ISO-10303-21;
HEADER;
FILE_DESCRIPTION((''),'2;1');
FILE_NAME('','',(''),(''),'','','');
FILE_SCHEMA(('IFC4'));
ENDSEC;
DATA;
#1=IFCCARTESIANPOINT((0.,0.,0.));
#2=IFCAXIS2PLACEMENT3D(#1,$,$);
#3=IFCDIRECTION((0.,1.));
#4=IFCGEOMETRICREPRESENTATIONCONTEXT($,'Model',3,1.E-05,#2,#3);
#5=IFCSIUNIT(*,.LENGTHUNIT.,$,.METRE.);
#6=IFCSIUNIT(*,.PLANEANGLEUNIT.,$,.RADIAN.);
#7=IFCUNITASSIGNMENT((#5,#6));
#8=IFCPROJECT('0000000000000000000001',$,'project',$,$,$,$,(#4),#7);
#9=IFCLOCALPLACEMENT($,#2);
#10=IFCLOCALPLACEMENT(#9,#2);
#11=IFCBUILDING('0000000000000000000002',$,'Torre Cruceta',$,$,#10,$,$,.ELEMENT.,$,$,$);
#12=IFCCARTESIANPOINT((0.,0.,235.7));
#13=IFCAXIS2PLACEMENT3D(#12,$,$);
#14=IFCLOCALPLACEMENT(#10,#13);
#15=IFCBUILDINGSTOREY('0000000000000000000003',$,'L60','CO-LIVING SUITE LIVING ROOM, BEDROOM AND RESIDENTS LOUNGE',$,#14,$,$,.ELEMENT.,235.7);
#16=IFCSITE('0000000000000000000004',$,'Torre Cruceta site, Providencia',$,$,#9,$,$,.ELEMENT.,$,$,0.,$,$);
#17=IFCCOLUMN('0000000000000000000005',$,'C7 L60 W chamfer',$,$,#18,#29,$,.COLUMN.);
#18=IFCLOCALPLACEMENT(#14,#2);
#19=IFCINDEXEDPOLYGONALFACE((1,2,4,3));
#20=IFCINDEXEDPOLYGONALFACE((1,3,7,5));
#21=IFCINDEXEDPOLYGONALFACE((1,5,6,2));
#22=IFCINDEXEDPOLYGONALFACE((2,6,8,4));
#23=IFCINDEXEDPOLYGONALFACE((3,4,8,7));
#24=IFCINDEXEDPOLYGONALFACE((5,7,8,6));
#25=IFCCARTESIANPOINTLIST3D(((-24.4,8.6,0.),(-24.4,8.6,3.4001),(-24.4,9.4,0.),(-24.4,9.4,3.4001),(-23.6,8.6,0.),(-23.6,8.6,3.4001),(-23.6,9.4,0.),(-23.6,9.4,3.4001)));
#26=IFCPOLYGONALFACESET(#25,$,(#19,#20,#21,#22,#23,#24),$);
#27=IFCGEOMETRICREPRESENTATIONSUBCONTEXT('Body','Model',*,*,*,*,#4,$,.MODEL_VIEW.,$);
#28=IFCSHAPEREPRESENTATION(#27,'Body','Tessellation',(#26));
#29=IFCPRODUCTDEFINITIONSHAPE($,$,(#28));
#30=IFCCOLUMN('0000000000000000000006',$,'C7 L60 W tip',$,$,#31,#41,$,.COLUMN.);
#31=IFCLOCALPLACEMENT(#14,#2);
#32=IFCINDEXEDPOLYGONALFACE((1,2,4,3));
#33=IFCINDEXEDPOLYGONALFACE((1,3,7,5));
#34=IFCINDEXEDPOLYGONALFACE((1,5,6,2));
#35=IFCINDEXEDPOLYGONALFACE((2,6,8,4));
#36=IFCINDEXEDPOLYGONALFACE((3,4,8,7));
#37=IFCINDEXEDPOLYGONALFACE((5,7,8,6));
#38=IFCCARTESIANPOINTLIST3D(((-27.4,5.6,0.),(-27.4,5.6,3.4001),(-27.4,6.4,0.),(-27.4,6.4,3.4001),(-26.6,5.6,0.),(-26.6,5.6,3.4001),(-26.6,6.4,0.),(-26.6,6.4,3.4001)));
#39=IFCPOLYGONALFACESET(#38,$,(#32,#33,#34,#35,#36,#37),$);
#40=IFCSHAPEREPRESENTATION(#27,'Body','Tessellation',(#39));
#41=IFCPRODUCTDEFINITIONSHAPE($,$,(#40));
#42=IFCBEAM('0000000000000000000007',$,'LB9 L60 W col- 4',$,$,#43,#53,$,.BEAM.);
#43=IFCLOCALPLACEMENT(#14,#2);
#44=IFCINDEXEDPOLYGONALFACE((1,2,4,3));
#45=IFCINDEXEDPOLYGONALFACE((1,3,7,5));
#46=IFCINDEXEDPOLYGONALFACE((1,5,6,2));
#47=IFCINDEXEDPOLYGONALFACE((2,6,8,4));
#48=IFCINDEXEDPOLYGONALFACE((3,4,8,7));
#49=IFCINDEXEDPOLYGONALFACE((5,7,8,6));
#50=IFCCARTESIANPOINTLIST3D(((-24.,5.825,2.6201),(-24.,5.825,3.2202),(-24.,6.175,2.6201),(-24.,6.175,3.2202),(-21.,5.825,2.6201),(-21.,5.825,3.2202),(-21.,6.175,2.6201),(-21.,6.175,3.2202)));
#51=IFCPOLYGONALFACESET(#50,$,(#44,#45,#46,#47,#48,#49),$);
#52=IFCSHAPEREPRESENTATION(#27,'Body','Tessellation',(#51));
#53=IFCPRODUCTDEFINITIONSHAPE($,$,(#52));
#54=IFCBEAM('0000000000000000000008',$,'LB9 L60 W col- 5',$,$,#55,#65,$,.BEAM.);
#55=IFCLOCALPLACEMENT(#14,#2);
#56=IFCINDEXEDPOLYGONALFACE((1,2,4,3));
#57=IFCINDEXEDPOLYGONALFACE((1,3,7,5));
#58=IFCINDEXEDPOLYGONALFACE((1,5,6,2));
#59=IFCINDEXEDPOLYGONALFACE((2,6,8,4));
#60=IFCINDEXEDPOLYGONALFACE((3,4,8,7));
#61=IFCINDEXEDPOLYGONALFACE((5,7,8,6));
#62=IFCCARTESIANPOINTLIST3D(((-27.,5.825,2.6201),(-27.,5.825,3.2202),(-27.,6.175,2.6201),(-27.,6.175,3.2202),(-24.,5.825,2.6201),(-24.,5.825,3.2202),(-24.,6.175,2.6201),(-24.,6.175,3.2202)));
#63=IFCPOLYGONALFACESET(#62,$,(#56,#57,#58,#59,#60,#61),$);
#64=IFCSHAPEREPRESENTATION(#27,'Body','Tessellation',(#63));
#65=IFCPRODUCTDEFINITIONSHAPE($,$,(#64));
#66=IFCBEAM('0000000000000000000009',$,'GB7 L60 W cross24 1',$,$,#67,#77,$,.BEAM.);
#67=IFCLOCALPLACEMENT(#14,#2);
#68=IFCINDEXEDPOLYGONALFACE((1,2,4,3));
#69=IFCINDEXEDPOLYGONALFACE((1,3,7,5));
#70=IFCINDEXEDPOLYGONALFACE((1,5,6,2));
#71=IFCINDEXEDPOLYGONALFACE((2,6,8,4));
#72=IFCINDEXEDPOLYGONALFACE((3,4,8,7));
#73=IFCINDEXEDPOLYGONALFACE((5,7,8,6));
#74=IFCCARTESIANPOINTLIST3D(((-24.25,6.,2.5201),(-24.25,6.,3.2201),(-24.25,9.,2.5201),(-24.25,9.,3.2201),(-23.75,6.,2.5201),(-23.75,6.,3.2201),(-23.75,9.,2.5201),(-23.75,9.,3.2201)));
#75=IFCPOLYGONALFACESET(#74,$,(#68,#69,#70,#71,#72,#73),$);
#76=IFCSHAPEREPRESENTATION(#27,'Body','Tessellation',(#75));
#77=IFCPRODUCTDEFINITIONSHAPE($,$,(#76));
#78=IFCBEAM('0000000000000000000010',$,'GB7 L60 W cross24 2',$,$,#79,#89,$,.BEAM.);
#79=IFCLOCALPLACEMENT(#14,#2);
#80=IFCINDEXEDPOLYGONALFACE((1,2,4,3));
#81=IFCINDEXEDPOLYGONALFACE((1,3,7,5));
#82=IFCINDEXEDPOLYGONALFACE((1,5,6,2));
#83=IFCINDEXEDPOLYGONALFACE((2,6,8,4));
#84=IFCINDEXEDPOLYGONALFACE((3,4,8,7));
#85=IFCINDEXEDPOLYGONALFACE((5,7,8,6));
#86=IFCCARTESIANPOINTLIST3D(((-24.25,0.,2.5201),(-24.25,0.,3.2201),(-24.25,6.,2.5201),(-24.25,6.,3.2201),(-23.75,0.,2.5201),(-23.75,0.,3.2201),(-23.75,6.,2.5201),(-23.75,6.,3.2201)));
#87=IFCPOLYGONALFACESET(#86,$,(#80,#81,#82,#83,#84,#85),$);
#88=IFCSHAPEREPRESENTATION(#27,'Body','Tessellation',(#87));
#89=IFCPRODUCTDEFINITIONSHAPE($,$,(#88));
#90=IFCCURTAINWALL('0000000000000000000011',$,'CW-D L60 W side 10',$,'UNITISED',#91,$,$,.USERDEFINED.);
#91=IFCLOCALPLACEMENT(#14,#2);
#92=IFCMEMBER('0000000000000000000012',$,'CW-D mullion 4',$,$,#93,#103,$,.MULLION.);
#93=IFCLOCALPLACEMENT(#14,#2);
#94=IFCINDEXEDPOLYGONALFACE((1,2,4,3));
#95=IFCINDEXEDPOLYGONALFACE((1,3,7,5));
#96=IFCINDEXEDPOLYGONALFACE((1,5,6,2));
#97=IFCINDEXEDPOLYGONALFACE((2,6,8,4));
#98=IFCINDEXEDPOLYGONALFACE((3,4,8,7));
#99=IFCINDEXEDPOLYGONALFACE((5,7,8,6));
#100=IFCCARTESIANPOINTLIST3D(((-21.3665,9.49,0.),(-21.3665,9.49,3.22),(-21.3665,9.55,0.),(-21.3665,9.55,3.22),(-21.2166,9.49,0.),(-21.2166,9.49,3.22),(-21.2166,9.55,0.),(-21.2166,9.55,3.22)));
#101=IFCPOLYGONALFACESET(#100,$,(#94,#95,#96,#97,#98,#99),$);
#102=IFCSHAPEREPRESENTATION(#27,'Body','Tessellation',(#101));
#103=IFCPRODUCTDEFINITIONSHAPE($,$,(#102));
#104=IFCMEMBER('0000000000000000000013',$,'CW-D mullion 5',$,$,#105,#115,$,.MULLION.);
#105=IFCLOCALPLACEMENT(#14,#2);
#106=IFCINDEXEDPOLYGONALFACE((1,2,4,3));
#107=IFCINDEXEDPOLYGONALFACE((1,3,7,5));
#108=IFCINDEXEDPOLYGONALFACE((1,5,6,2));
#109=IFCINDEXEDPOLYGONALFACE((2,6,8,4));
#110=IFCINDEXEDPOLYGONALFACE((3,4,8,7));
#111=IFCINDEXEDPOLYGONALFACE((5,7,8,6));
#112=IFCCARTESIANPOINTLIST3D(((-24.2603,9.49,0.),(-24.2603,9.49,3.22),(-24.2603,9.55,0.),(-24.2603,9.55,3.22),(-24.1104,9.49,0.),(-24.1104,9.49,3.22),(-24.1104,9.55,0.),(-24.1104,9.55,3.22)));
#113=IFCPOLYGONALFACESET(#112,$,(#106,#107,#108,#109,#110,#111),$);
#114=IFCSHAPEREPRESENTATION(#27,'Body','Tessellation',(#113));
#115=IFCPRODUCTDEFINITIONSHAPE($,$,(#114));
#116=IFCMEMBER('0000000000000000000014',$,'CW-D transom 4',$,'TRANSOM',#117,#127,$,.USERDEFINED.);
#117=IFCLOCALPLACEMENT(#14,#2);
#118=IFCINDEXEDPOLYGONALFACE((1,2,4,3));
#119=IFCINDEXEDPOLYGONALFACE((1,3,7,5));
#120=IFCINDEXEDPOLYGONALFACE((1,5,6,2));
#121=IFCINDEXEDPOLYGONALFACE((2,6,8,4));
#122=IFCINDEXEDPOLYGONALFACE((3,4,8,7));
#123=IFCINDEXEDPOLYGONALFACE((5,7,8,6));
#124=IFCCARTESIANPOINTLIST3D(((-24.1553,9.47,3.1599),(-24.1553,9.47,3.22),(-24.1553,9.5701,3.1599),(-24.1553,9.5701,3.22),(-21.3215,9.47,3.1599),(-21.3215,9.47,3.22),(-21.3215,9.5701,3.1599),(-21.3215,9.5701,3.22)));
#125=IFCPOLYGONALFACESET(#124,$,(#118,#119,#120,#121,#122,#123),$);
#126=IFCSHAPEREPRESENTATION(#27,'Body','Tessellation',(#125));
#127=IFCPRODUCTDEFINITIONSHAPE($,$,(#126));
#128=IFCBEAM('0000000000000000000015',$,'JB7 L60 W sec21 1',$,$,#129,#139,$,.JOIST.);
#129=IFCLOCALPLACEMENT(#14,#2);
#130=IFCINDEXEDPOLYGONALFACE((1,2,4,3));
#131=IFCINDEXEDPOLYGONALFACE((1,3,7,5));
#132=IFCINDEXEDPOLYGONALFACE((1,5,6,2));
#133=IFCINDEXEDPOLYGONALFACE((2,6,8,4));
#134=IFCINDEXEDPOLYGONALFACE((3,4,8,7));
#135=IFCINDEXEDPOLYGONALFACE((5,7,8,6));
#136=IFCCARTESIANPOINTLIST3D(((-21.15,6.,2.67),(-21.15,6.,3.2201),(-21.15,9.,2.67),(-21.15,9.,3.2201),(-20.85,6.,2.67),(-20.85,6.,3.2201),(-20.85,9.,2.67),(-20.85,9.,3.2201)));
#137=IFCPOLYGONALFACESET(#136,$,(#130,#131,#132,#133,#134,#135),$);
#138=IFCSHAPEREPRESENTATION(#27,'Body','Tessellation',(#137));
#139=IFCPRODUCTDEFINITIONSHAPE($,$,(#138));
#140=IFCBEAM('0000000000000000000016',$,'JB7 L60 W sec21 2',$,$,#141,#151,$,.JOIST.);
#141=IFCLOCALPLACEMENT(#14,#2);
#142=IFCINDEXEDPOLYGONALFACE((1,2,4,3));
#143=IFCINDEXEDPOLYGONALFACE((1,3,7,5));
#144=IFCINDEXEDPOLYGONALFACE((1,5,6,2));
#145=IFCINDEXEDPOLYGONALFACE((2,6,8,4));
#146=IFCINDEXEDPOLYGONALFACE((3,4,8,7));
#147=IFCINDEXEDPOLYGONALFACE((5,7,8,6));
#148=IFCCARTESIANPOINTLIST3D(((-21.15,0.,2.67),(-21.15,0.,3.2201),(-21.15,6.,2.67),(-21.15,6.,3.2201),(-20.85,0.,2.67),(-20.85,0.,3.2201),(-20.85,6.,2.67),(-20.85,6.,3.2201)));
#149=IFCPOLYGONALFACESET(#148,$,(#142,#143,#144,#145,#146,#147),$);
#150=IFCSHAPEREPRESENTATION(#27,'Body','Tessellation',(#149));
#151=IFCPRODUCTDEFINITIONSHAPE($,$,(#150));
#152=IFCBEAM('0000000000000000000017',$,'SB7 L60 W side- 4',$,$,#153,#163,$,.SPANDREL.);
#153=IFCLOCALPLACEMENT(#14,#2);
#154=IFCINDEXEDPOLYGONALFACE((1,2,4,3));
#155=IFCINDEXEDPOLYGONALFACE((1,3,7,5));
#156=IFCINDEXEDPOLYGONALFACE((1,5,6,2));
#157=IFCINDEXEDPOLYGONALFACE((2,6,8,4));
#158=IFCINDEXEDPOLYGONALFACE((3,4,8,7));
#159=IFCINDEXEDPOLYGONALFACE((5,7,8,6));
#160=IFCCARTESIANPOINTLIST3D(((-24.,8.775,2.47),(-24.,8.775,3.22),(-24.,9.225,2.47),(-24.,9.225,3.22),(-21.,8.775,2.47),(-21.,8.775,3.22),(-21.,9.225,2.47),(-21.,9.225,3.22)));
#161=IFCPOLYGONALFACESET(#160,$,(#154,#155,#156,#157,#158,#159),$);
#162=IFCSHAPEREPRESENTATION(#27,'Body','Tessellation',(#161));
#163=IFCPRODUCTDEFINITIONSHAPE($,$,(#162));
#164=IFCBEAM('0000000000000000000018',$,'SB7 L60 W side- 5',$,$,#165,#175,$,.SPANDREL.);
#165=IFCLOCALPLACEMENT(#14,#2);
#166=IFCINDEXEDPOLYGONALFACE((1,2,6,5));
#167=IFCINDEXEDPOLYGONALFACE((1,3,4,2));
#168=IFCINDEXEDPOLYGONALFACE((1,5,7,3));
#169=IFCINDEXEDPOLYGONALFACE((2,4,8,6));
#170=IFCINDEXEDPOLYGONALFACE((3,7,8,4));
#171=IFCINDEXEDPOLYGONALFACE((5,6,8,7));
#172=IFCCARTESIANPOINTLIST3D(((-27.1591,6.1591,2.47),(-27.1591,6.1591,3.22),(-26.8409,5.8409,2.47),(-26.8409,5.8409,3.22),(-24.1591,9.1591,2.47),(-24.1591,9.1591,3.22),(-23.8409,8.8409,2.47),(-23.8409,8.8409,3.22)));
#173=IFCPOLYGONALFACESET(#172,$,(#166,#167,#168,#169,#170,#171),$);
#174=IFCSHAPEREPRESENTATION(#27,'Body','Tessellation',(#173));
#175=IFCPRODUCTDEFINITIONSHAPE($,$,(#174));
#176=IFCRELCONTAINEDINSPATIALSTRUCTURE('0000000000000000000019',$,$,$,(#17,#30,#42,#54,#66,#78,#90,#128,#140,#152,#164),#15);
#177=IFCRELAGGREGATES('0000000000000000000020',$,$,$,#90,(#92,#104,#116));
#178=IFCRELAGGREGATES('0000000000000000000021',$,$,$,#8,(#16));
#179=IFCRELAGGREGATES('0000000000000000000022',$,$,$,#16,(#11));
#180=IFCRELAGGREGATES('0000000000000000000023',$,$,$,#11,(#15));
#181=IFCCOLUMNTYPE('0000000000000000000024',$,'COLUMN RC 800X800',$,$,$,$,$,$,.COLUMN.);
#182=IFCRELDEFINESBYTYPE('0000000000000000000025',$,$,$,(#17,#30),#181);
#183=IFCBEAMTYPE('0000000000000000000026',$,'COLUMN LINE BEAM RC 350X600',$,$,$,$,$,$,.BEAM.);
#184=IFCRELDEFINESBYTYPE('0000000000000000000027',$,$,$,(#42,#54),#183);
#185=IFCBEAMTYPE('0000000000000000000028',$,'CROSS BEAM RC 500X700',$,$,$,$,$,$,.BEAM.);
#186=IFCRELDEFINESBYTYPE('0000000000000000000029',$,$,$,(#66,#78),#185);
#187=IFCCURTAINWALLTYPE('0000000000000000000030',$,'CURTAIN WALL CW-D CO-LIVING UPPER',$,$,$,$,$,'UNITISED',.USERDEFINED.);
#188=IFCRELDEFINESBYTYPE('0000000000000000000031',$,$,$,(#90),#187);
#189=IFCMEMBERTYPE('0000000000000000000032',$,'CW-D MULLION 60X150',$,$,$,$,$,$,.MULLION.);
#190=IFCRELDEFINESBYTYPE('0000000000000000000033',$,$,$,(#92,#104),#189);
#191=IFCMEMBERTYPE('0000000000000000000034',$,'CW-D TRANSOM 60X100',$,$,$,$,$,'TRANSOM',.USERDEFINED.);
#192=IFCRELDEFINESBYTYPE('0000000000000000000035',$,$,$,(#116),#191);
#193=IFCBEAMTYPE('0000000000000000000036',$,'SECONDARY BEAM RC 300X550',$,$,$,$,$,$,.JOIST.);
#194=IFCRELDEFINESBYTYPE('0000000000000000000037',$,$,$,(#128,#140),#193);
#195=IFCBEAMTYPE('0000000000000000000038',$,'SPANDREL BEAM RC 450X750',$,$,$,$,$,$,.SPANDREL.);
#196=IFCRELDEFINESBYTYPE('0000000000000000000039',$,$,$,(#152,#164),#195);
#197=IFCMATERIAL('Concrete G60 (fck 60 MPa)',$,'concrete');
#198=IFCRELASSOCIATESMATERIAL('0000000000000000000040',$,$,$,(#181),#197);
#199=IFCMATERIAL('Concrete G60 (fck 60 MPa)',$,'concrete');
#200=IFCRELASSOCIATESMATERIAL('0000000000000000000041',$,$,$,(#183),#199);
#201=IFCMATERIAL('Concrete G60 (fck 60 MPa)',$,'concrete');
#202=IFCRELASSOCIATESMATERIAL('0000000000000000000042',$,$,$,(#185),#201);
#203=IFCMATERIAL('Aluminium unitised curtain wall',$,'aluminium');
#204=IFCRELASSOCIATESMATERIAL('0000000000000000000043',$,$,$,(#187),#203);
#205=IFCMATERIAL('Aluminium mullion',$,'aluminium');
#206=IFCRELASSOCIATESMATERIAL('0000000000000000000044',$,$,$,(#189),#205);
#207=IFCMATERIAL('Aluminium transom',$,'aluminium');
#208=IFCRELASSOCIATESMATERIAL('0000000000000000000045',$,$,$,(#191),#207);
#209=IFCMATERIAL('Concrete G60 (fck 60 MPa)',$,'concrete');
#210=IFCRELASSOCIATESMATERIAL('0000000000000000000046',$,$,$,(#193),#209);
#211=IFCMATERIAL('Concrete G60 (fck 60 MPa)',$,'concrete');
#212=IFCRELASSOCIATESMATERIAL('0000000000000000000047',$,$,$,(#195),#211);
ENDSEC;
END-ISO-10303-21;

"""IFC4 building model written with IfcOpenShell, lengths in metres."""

from ifc_helpers import new_model, si_unit, direction, frame, origin, origin_2d, place, context, subcontext, project, spatial, rectangle, extrude, material, material_profile, profile_set, type_object, element, aggregate, save


model = new_model("IFC4")

# Units and contexts
model_context = context("Model", 3, precision=1e-05, world=origin(), true_north=direction((0.0, 1.0)))
body_context = subcontext(model_context, "Body", "Model", "MODEL_VIEW")
ifc_project = project(units=[si_unit("LENGTHUNIT", "METRE"), si_unit("PLANEANGLEUNIT", "RADIAN")], contexts=[model_context])

# Site, building, storey
site_placement = place(None, origin())
site = spatial("IfcSite", under=ifc_project, at=site_placement, Name="Torre Cruceta site, Providencia", CompositionType="ELEMENT", RefElevation=0.0)
building_placement = place(site_placement, origin())
building = spatial("IfcBuilding", under=site, at=building_placement, Name="Torre Cruceta", CompositionType="ELEMENT")
storey_placement = place(building_placement, frame((0.0, 0.0, 235.7)))
storey = spatial("IfcBuildingStorey", under=building, at=storey_placement, Name="L60", Description="CO-LIVING SUITE LIVING ROOM, BEDROOM AND RESIDENTS LOUNGE", CompositionType="ELEMENT", Elevation=235.7)

# Columns
ifc_material_1 = material(Name="Concrete G60 (fck 60 MPa)", Category="concrete")
ifc_material_profile_1 = material_profile(ifc_material_1, rectangle(XDim=0.8, YDim=0.8, at=origin_2d()), Name="RC 800X800")
ifc_profile_set_1 = profile_set([ifc_material_profile_1], Name="Concrete G60 (fck 60 MPa)")
column_type = type_object("IfcColumnType", Name="COLUMN RC 800X800", PredefinedType="COLUMN", material=ifc_profile_set_1)
for number, where, z_axis, x_axis, name in (
    (1, (-24.0, 9.0, 0.0), (0.0, 0.0, 1.0), (1.0, 0.0, 0.0), "C7 L60 W chamfer"),
    (2, (-27.0, 6.0, 0.0), (0.0, 0.0, 1.0), (1.0, 0.0, 0.0), "C7 L60 W tip"),
):
    element("IfcColumn", number, at=place(storey_placement, frame(where, z_axis=z_axis, x_axis=x_axis)), inside=storey, type_object=column_type, Name=name, PredefinedType="COLUMN", context=body_context, shape_type="SweptSolid", body=[
        extrude(rectangle(XDim=0.8, YDim=0.8, at=origin_2d()), origin(), (0.0, 0.0, 1.0), 3.4001),
    ])

# Beams
ifc_material_2 = material(Name="Concrete G60 (fck 60 MPa)", Category="concrete")
ifc_material_profile_2 = material_profile(ifc_material_2, rectangle(XDim=0.3501, YDim=0.6001, at=origin_2d()), Name="RC 350X600")
ifc_profile_set_2 = profile_set([ifc_material_profile_2], Name="Concrete G60 (fck 60 MPa)")
beam_type_1 = type_object("IfcBeamType", Name="COLUMN LINE BEAM RC 350X600", PredefinedType="BEAM", material=ifc_profile_set_2)
for number, where, z_axis, x_axis, name in (
    (3, (-21.0, 6.0, 2.9202), (-1.0, 0.0, 0.0), (0.0, -1.0, 0.0), "LB9 L60 W col- 4"),
    (4, (-24.0, 6.0, 2.9202), (-1.0, 0.0, 0.0), (0.0, -1.0, 0.0), "LB9 L60 W col- 5"),
):
    element("IfcBeam", number, at=place(storey_placement, frame(where, z_axis=z_axis, x_axis=x_axis)), inside=storey, type_object=beam_type_1, Name=name, PredefinedType="BEAM", context=body_context, shape_type="SweptSolid", body=[
        extrude(rectangle(XDim=0.3501, YDim=0.6001, at=origin_2d()), origin(), (0.0, 0.0, 1.0), 3.0),
    ])
ifc_material_3 = material(Name="Concrete G60 (fck 60 MPa)", Category="concrete")
ifc_material_profile_3 = material_profile(ifc_material_3, rectangle(XDim=0.5, YDim=0.7, at=origin_2d()), Name="RC 500X700")
ifc_profile_set_3 = profile_set([ifc_material_profile_3], Name="Concrete G60 (fck 60 MPa)")
beam_type_2 = type_object("IfcBeamType", Name="CROSS BEAM RC 500X700", PredefinedType="BEAM", material=ifc_profile_set_3)
beam_1_placement = place(storey_placement, frame((-24.0, 9.0, 2.8701), z_axis=(0.0, -1.0, 0.0), x_axis=(1.0, 0.0, 0.0)))
element("IfcBeam", 5, at=beam_1_placement, inside=storey, type_object=beam_type_2, Name="GB7 L60 W cross24 1", PredefinedType="BEAM", context=body_context, shape_type="SweptSolid", body=[
    extrude(rectangle(XDim=0.5, YDim=0.7, at=origin_2d()), origin(), (0.0, 0.0, 1.0), 3.0),
])
beam_2_placement = place(storey_placement, frame((-24.0, 6.0, 2.8701), z_axis=(0.0, -1.0, 0.0), x_axis=(1.0, 0.0, 0.0)))
element("IfcBeam", 6, at=beam_2_placement, inside=storey, type_object=beam_type_2, Name="GB7 L60 W cross24 2", PredefinedType="BEAM", context=body_context, shape_type="SweptSolid", body=[
    extrude(rectangle(XDim=0.5, YDim=0.7, at=origin_2d()), origin(), (0.0, 0.0, 1.0), 6.0),
])

# Curtain wall, members
ifc_material_4 = material(Name="Aluminium unitised curtain wall", Category="aluminium")
curtain_wall_type = type_object("IfcCurtainWallType", Name="CURTAIN WALL CW-D CO-LIVING UPPER", ElementType="UNITISED", PredefinedType="USERDEFINED", material=ifc_material_4)
curtain_wall_placement = place(storey_placement, origin())
curtain_wall = element("IfcCurtainWall", 7, at=curtain_wall_placement, inside=storey, type_object=curtain_wall_type, Name="CW-D L60 W side 10", ObjectType="UNITISED", PredefinedType="USERDEFINED")
ifc_material_5 = material(Name="Aluminium mullion", Category="aluminium")
ifc_material_profile_4 = material_profile(ifc_material_5, rectangle(XDim=0.0601, YDim=0.1499, at=origin_2d()), Name="AL 60X150")
ifc_profile_set_4 = profile_set([ifc_material_profile_4], Name="Aluminium mullion")
member_type_1 = type_object("IfcMemberType", Name="CW-D MULLION 60X150", PredefinedType="MULLION", material=ifc_profile_set_4)
member_1_placement = place(storey_placement, frame((-21.2915, 9.52, 0.0), z_axis=(0.0, 0.0, 1.0), x_axis=(0.0, -1.0, 0.0)))
member_1 = element("IfcMember", 8, at=member_1_placement, type_object=member_type_1, Name="CW-D mullion 4", PredefinedType="MULLION", context=body_context, shape_type="SweptSolid", body=[
    extrude(rectangle(XDim=0.0601, YDim=0.1499, at=origin_2d()), origin(), (0.0, 0.0, 1.0), 3.22),
])
member_2_placement = place(storey_placement, frame((-24.1853, 9.52, 0.0), z_axis=(0.0, 0.0, 1.0), x_axis=(0.0, -1.0, 0.0)))
member_2 = element("IfcMember", 9, at=member_2_placement, type_object=member_type_1, Name="CW-D mullion 5", PredefinedType="MULLION", context=body_context, shape_type="SweptSolid", body=[
    extrude(rectangle(XDim=0.0601, YDim=0.1499, at=origin_2d()), origin(), (0.0, 0.0, 1.0), 3.22),
])
ifc_material_6 = material(Name="Aluminium transom", Category="aluminium")
ifc_material_profile_5 = material_profile(ifc_material_6, rectangle(XDim=0.1001, YDim=0.0601, at=origin_2d()), Name="AL 100X60")
ifc_profile_set_5 = profile_set([ifc_material_profile_5], Name="Aluminium transom")
member_type_2 = type_object("IfcMemberType", Name="CW-D TRANSOM 60X100", ElementType="TRANSOM", PredefinedType="USERDEFINED", material=ifc_profile_set_5)
member_3_placement = place(storey_placement, frame((-21.3215, 9.52, 3.1899), z_axis=(-1.0, 0.0, 0.0), x_axis=(0.0, -1.0, 0.0)))
member_3 = element("IfcMember", 10, at=member_3_placement, type_object=member_type_2, Name="CW-D transom 4", ObjectType="TRANSOM", PredefinedType="USERDEFINED", context=body_context, shape_type="SweptSolid", body=[
    extrude(rectangle(XDim=0.1001, YDim=0.0601, at=origin_2d()), origin(), (0.0, 0.0, 1.0), 2.8337),
])

# Beams
ifc_material_7 = material(Name="Concrete G60 (fck 60 MPa)", Category="concrete")
ifc_material_profile_6 = material_profile(ifc_material_7, rectangle(XDim=0.3, YDim=0.55, at=origin_2d()), Name="RC 300X550")
ifc_profile_set_6 = profile_set([ifc_material_profile_6], Name="Concrete G60 (fck 60 MPa)")
beam_type_3 = type_object("IfcBeamType", Name="SECONDARY BEAM RC 300X550", PredefinedType="JOIST", material=ifc_profile_set_6)
beam_3_placement = place(storey_placement, frame((-21.0, 9.0, 2.9451), z_axis=(0.0, -1.0, 0.0), x_axis=(1.0, 0.0, 0.0)))
element("IfcBeam", 11, at=beam_3_placement, inside=storey, type_object=beam_type_3, Name="JB7 L60 W sec21 1", PredefinedType="JOIST", context=body_context, shape_type="SweptSolid", body=[
    extrude(rectangle(XDim=0.3, YDim=0.55, at=origin_2d()), origin(), (0.0, 0.0, 1.0), 3.0),
])
beam_4_placement = place(storey_placement, frame((-21.0, 6.0, 2.9451), z_axis=(0.0, -1.0, 0.0), x_axis=(1.0, 0.0, 0.0)))
element("IfcBeam", 12, at=beam_4_placement, inside=storey, type_object=beam_type_3, Name="JB7 L60 W sec21 2", PredefinedType="JOIST", context=body_context, shape_type="SweptSolid", body=[
    extrude(rectangle(XDim=0.3, YDim=0.55, at=origin_2d()), origin(), (0.0, 0.0, 1.0), 6.0),
])
ifc_material_8 = material(Name="Concrete G60 (fck 60 MPa)", Category="concrete")
ifc_material_profile_7 = material_profile(ifc_material_8, rectangle(XDim=0.45, YDim=0.75, at=origin_2d()), Name="RC 450X750")
ifc_profile_set_7 = profile_set([ifc_material_profile_7], Name="Concrete G60 (fck 60 MPa)")
beam_type_4 = type_object("IfcBeamType", Name="SPANDREL BEAM RC 450X750", PredefinedType="SPANDREL", material=ifc_profile_set_7)
beam_5_placement = place(storey_placement, frame((-21.0, 9.0, 2.845), z_axis=(-1.0, 0.0, 0.0), x_axis=(0.0, -1.0, 0.0)))
element("IfcBeam", 13, at=beam_5_placement, inside=storey, type_object=beam_type_4, Name="SB7 L60 W side- 4", PredefinedType="SPANDREL", context=body_context, shape_type="SweptSolid", body=[
    extrude(rectangle(XDim=0.45, YDim=0.75, at=origin_2d()), origin(), (0.0, 0.0, 1.0), 3.0),
])
beam_6_placement = place(storey_placement, frame((-24.0, 9.0, 2.845), z_axis=(-0.707107, -0.707107, 0.0), x_axis=(0.707107, -0.707107, 0.0)))
element("IfcBeam", 14, at=beam_6_placement, inside=storey, type_object=beam_type_4, Name="SB7 L60 W side- 5", PredefinedType="SPANDREL", context=body_context, shape_type="SweptSolid", body=[
    extrude(rectangle(XDim=0.45, YDim=0.75, at=origin_2d()), origin(), (0.0, 0.0, 1.0), 4.2427),
])

aggregate(curtain_wall, [member_1, member_2, member_3])

save(model, "model.ifc")
